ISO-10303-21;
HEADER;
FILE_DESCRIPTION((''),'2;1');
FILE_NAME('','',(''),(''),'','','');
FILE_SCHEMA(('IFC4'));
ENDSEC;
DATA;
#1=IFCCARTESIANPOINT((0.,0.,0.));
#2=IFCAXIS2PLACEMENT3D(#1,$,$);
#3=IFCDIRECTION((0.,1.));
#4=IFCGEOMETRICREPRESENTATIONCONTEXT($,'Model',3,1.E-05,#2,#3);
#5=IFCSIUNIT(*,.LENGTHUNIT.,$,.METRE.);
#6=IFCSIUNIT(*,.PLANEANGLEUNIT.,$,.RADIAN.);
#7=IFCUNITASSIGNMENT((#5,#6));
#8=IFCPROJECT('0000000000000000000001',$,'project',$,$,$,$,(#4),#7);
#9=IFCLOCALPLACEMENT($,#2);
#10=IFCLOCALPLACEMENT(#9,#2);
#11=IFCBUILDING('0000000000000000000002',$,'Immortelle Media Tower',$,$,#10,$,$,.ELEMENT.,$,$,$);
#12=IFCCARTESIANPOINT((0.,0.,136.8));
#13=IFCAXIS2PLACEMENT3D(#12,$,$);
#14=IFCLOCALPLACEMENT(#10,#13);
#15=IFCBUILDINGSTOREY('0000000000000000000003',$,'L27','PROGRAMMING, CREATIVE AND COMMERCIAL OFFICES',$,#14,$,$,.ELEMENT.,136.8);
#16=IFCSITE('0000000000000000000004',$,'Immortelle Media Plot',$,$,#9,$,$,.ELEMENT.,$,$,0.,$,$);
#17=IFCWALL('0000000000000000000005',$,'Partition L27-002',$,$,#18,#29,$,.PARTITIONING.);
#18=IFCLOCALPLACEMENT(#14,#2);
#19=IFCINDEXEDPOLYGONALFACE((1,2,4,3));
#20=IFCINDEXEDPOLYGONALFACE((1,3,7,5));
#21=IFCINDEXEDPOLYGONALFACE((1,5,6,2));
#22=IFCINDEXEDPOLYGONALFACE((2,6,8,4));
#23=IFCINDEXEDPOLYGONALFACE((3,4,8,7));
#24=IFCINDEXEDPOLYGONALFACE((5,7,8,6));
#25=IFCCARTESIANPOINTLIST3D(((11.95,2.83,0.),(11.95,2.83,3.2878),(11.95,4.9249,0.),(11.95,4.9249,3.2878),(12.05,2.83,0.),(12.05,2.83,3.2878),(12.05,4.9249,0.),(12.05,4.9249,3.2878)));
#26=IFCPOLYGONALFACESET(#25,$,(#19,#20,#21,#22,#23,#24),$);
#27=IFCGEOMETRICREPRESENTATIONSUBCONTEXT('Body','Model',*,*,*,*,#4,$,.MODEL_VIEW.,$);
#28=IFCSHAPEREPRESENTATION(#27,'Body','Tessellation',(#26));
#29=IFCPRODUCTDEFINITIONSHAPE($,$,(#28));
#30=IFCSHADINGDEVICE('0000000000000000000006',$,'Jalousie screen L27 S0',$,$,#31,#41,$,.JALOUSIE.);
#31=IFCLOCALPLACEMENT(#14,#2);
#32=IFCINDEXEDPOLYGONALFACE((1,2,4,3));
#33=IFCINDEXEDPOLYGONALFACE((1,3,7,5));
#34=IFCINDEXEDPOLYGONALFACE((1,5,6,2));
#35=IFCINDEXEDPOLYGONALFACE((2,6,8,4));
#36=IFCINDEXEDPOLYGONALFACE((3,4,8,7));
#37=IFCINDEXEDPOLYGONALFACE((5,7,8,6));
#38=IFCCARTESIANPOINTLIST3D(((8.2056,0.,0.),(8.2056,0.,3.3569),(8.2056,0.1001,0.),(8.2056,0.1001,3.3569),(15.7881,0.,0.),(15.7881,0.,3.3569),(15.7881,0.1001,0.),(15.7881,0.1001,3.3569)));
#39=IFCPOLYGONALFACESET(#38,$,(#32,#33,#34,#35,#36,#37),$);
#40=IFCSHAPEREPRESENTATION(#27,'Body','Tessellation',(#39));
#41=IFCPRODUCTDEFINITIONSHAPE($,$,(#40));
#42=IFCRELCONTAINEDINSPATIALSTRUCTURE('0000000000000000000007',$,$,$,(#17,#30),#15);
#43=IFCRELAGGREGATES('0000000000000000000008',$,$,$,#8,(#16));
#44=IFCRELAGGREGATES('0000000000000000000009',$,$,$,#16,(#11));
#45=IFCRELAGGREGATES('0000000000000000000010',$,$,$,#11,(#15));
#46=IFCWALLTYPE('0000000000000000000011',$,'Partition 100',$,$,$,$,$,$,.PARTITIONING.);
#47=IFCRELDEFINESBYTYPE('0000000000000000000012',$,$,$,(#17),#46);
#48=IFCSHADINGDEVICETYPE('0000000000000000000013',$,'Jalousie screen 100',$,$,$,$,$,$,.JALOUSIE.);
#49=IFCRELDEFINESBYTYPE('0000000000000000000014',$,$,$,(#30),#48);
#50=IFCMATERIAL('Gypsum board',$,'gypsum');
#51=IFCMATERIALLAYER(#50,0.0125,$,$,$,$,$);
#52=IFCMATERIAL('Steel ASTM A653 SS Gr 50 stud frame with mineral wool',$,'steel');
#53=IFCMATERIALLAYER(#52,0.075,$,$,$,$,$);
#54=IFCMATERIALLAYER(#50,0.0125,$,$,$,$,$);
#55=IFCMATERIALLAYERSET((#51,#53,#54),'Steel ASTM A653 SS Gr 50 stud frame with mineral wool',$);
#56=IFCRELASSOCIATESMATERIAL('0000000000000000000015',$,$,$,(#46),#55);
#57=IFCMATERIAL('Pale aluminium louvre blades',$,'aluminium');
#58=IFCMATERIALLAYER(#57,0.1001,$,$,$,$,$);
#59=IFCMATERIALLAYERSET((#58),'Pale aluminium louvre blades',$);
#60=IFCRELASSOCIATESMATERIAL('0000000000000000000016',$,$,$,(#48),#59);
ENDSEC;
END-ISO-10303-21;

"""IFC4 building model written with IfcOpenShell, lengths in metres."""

from ifc_helpers import new_model, si_unit, direction, frame, frame_2d, origin, origin_2d, place, context, subcontext, project, spatial, rectangle, extrude, material, layer, layer_set, type_object, element, save


model = new_model("IFC4")

# Units and contexts
model_context = context("Model", 3, precision=1e-05, world=origin(), true_north=direction((0.0, 1.0)))
body_context = subcontext(model_context, "Body", "Model", "MODEL_VIEW")
ifc_project = project(units=[si_unit("LENGTHUNIT", "METRE"), si_unit("PLANEANGLEUNIT", "RADIAN")], contexts=[model_context])

# Site, building, storey
site_placement = place(None, origin())
site = spatial("IfcSite", under=ifc_project, at=site_placement, Name="Immortelle Media Plot", CompositionType="ELEMENT", RefElevation=0.0)
building_placement = place(site_placement, origin())
building = spatial("IfcBuilding", under=site, at=building_placement, Name="Immortelle Media Tower", CompositionType="ELEMENT")
storey_placement = place(building_placement, frame((0.0, 0.0, 136.8)))
storey = spatial("IfcBuildingStorey", under=building, at=storey_placement, Name="L27", Description="PROGRAMMING, CREATIVE AND COMMERCIAL OFFICES", CompositionType="ELEMENT", Elevation=136.8)

# Shared definitions
ifc_material_1 = material(Name="Steel ASTM A653 SS Gr 50 stud frame with mineral wool", Category="steel")

# Wall
ifc_material_2 = material(Name="Gypsum board", Category="gypsum")
ifc_layer_1 = layer(ifc_material_2, 0.0125)
ifc_layer_2 = layer(ifc_material_1, 0.075)
ifc_layer_3 = layer(ifc_material_2, 0.0125)
ifc_layer_set_1 = layer_set([ifc_layer_1, ifc_layer_2, ifc_layer_3], Name="Steel ASTM A653 SS Gr 50 stud frame with mineral wool")
wall_type_1 = type_object("IfcWallType", Name="Partition 100", PredefinedType="PARTITIONING", material=ifc_layer_set_1)
for number, where, z_axis, x_axis, name in (
    (1, (12.0, 2.8301, 0.0), (0.0, 0.0, 1.0), (0.0, 1.0, 0.0), "Partition L27-002"),
):
    element("IfcWall", number, at=place(storey_placement, frame(where, z_axis=z_axis, x_axis=x_axis)), inside=storey, type_object=wall_type_1, Name=name, PredefinedType="PARTITIONING", context=body_context, shape_type="SweptSolid", body=[
        extrude(rectangle(XDim=2.095, YDim=0.1001, at=frame_2d((1.0474, 0.0))), origin(), (0.0, 0.0, 1.0), 3.2878),
    ])

# Shading device
ifc_material_3 = material(Name="Pale aluminium louvre blades", Category="aluminium")
ifc_layer_4 = layer(ifc_material_3, 0.1001)
ifc_layer_set_2 = layer_set([ifc_layer_4], Name="Pale aluminium louvre blades")
shading_device_type = type_object("IfcShadingDeviceType", Name="Jalousie screen 100", PredefinedType="JALOUSIE", material=ifc_layer_set_2)
shading_device_placement = place(storey_placement, frame((11.9968, 0.05, 0.0), z_axis=(0.0, 0.0, 1.0), x_axis=(1.0, 0.0, 0.0)))
element("IfcShadingDevice", 2, at=shading_device_placement, inside=storey, type_object=shading_device_type, Name="Jalousie screen L27 S0", PredefinedType="JALOUSIE", context=body_context, shape_type="SweptSolid", body=[
    extrude(rectangle(XDim=7.5825, YDim=0.1001, at=origin_2d()), origin(), (0.0, 0.0, 1.0), 3.3569),
])

save(model, "model.ifc")
